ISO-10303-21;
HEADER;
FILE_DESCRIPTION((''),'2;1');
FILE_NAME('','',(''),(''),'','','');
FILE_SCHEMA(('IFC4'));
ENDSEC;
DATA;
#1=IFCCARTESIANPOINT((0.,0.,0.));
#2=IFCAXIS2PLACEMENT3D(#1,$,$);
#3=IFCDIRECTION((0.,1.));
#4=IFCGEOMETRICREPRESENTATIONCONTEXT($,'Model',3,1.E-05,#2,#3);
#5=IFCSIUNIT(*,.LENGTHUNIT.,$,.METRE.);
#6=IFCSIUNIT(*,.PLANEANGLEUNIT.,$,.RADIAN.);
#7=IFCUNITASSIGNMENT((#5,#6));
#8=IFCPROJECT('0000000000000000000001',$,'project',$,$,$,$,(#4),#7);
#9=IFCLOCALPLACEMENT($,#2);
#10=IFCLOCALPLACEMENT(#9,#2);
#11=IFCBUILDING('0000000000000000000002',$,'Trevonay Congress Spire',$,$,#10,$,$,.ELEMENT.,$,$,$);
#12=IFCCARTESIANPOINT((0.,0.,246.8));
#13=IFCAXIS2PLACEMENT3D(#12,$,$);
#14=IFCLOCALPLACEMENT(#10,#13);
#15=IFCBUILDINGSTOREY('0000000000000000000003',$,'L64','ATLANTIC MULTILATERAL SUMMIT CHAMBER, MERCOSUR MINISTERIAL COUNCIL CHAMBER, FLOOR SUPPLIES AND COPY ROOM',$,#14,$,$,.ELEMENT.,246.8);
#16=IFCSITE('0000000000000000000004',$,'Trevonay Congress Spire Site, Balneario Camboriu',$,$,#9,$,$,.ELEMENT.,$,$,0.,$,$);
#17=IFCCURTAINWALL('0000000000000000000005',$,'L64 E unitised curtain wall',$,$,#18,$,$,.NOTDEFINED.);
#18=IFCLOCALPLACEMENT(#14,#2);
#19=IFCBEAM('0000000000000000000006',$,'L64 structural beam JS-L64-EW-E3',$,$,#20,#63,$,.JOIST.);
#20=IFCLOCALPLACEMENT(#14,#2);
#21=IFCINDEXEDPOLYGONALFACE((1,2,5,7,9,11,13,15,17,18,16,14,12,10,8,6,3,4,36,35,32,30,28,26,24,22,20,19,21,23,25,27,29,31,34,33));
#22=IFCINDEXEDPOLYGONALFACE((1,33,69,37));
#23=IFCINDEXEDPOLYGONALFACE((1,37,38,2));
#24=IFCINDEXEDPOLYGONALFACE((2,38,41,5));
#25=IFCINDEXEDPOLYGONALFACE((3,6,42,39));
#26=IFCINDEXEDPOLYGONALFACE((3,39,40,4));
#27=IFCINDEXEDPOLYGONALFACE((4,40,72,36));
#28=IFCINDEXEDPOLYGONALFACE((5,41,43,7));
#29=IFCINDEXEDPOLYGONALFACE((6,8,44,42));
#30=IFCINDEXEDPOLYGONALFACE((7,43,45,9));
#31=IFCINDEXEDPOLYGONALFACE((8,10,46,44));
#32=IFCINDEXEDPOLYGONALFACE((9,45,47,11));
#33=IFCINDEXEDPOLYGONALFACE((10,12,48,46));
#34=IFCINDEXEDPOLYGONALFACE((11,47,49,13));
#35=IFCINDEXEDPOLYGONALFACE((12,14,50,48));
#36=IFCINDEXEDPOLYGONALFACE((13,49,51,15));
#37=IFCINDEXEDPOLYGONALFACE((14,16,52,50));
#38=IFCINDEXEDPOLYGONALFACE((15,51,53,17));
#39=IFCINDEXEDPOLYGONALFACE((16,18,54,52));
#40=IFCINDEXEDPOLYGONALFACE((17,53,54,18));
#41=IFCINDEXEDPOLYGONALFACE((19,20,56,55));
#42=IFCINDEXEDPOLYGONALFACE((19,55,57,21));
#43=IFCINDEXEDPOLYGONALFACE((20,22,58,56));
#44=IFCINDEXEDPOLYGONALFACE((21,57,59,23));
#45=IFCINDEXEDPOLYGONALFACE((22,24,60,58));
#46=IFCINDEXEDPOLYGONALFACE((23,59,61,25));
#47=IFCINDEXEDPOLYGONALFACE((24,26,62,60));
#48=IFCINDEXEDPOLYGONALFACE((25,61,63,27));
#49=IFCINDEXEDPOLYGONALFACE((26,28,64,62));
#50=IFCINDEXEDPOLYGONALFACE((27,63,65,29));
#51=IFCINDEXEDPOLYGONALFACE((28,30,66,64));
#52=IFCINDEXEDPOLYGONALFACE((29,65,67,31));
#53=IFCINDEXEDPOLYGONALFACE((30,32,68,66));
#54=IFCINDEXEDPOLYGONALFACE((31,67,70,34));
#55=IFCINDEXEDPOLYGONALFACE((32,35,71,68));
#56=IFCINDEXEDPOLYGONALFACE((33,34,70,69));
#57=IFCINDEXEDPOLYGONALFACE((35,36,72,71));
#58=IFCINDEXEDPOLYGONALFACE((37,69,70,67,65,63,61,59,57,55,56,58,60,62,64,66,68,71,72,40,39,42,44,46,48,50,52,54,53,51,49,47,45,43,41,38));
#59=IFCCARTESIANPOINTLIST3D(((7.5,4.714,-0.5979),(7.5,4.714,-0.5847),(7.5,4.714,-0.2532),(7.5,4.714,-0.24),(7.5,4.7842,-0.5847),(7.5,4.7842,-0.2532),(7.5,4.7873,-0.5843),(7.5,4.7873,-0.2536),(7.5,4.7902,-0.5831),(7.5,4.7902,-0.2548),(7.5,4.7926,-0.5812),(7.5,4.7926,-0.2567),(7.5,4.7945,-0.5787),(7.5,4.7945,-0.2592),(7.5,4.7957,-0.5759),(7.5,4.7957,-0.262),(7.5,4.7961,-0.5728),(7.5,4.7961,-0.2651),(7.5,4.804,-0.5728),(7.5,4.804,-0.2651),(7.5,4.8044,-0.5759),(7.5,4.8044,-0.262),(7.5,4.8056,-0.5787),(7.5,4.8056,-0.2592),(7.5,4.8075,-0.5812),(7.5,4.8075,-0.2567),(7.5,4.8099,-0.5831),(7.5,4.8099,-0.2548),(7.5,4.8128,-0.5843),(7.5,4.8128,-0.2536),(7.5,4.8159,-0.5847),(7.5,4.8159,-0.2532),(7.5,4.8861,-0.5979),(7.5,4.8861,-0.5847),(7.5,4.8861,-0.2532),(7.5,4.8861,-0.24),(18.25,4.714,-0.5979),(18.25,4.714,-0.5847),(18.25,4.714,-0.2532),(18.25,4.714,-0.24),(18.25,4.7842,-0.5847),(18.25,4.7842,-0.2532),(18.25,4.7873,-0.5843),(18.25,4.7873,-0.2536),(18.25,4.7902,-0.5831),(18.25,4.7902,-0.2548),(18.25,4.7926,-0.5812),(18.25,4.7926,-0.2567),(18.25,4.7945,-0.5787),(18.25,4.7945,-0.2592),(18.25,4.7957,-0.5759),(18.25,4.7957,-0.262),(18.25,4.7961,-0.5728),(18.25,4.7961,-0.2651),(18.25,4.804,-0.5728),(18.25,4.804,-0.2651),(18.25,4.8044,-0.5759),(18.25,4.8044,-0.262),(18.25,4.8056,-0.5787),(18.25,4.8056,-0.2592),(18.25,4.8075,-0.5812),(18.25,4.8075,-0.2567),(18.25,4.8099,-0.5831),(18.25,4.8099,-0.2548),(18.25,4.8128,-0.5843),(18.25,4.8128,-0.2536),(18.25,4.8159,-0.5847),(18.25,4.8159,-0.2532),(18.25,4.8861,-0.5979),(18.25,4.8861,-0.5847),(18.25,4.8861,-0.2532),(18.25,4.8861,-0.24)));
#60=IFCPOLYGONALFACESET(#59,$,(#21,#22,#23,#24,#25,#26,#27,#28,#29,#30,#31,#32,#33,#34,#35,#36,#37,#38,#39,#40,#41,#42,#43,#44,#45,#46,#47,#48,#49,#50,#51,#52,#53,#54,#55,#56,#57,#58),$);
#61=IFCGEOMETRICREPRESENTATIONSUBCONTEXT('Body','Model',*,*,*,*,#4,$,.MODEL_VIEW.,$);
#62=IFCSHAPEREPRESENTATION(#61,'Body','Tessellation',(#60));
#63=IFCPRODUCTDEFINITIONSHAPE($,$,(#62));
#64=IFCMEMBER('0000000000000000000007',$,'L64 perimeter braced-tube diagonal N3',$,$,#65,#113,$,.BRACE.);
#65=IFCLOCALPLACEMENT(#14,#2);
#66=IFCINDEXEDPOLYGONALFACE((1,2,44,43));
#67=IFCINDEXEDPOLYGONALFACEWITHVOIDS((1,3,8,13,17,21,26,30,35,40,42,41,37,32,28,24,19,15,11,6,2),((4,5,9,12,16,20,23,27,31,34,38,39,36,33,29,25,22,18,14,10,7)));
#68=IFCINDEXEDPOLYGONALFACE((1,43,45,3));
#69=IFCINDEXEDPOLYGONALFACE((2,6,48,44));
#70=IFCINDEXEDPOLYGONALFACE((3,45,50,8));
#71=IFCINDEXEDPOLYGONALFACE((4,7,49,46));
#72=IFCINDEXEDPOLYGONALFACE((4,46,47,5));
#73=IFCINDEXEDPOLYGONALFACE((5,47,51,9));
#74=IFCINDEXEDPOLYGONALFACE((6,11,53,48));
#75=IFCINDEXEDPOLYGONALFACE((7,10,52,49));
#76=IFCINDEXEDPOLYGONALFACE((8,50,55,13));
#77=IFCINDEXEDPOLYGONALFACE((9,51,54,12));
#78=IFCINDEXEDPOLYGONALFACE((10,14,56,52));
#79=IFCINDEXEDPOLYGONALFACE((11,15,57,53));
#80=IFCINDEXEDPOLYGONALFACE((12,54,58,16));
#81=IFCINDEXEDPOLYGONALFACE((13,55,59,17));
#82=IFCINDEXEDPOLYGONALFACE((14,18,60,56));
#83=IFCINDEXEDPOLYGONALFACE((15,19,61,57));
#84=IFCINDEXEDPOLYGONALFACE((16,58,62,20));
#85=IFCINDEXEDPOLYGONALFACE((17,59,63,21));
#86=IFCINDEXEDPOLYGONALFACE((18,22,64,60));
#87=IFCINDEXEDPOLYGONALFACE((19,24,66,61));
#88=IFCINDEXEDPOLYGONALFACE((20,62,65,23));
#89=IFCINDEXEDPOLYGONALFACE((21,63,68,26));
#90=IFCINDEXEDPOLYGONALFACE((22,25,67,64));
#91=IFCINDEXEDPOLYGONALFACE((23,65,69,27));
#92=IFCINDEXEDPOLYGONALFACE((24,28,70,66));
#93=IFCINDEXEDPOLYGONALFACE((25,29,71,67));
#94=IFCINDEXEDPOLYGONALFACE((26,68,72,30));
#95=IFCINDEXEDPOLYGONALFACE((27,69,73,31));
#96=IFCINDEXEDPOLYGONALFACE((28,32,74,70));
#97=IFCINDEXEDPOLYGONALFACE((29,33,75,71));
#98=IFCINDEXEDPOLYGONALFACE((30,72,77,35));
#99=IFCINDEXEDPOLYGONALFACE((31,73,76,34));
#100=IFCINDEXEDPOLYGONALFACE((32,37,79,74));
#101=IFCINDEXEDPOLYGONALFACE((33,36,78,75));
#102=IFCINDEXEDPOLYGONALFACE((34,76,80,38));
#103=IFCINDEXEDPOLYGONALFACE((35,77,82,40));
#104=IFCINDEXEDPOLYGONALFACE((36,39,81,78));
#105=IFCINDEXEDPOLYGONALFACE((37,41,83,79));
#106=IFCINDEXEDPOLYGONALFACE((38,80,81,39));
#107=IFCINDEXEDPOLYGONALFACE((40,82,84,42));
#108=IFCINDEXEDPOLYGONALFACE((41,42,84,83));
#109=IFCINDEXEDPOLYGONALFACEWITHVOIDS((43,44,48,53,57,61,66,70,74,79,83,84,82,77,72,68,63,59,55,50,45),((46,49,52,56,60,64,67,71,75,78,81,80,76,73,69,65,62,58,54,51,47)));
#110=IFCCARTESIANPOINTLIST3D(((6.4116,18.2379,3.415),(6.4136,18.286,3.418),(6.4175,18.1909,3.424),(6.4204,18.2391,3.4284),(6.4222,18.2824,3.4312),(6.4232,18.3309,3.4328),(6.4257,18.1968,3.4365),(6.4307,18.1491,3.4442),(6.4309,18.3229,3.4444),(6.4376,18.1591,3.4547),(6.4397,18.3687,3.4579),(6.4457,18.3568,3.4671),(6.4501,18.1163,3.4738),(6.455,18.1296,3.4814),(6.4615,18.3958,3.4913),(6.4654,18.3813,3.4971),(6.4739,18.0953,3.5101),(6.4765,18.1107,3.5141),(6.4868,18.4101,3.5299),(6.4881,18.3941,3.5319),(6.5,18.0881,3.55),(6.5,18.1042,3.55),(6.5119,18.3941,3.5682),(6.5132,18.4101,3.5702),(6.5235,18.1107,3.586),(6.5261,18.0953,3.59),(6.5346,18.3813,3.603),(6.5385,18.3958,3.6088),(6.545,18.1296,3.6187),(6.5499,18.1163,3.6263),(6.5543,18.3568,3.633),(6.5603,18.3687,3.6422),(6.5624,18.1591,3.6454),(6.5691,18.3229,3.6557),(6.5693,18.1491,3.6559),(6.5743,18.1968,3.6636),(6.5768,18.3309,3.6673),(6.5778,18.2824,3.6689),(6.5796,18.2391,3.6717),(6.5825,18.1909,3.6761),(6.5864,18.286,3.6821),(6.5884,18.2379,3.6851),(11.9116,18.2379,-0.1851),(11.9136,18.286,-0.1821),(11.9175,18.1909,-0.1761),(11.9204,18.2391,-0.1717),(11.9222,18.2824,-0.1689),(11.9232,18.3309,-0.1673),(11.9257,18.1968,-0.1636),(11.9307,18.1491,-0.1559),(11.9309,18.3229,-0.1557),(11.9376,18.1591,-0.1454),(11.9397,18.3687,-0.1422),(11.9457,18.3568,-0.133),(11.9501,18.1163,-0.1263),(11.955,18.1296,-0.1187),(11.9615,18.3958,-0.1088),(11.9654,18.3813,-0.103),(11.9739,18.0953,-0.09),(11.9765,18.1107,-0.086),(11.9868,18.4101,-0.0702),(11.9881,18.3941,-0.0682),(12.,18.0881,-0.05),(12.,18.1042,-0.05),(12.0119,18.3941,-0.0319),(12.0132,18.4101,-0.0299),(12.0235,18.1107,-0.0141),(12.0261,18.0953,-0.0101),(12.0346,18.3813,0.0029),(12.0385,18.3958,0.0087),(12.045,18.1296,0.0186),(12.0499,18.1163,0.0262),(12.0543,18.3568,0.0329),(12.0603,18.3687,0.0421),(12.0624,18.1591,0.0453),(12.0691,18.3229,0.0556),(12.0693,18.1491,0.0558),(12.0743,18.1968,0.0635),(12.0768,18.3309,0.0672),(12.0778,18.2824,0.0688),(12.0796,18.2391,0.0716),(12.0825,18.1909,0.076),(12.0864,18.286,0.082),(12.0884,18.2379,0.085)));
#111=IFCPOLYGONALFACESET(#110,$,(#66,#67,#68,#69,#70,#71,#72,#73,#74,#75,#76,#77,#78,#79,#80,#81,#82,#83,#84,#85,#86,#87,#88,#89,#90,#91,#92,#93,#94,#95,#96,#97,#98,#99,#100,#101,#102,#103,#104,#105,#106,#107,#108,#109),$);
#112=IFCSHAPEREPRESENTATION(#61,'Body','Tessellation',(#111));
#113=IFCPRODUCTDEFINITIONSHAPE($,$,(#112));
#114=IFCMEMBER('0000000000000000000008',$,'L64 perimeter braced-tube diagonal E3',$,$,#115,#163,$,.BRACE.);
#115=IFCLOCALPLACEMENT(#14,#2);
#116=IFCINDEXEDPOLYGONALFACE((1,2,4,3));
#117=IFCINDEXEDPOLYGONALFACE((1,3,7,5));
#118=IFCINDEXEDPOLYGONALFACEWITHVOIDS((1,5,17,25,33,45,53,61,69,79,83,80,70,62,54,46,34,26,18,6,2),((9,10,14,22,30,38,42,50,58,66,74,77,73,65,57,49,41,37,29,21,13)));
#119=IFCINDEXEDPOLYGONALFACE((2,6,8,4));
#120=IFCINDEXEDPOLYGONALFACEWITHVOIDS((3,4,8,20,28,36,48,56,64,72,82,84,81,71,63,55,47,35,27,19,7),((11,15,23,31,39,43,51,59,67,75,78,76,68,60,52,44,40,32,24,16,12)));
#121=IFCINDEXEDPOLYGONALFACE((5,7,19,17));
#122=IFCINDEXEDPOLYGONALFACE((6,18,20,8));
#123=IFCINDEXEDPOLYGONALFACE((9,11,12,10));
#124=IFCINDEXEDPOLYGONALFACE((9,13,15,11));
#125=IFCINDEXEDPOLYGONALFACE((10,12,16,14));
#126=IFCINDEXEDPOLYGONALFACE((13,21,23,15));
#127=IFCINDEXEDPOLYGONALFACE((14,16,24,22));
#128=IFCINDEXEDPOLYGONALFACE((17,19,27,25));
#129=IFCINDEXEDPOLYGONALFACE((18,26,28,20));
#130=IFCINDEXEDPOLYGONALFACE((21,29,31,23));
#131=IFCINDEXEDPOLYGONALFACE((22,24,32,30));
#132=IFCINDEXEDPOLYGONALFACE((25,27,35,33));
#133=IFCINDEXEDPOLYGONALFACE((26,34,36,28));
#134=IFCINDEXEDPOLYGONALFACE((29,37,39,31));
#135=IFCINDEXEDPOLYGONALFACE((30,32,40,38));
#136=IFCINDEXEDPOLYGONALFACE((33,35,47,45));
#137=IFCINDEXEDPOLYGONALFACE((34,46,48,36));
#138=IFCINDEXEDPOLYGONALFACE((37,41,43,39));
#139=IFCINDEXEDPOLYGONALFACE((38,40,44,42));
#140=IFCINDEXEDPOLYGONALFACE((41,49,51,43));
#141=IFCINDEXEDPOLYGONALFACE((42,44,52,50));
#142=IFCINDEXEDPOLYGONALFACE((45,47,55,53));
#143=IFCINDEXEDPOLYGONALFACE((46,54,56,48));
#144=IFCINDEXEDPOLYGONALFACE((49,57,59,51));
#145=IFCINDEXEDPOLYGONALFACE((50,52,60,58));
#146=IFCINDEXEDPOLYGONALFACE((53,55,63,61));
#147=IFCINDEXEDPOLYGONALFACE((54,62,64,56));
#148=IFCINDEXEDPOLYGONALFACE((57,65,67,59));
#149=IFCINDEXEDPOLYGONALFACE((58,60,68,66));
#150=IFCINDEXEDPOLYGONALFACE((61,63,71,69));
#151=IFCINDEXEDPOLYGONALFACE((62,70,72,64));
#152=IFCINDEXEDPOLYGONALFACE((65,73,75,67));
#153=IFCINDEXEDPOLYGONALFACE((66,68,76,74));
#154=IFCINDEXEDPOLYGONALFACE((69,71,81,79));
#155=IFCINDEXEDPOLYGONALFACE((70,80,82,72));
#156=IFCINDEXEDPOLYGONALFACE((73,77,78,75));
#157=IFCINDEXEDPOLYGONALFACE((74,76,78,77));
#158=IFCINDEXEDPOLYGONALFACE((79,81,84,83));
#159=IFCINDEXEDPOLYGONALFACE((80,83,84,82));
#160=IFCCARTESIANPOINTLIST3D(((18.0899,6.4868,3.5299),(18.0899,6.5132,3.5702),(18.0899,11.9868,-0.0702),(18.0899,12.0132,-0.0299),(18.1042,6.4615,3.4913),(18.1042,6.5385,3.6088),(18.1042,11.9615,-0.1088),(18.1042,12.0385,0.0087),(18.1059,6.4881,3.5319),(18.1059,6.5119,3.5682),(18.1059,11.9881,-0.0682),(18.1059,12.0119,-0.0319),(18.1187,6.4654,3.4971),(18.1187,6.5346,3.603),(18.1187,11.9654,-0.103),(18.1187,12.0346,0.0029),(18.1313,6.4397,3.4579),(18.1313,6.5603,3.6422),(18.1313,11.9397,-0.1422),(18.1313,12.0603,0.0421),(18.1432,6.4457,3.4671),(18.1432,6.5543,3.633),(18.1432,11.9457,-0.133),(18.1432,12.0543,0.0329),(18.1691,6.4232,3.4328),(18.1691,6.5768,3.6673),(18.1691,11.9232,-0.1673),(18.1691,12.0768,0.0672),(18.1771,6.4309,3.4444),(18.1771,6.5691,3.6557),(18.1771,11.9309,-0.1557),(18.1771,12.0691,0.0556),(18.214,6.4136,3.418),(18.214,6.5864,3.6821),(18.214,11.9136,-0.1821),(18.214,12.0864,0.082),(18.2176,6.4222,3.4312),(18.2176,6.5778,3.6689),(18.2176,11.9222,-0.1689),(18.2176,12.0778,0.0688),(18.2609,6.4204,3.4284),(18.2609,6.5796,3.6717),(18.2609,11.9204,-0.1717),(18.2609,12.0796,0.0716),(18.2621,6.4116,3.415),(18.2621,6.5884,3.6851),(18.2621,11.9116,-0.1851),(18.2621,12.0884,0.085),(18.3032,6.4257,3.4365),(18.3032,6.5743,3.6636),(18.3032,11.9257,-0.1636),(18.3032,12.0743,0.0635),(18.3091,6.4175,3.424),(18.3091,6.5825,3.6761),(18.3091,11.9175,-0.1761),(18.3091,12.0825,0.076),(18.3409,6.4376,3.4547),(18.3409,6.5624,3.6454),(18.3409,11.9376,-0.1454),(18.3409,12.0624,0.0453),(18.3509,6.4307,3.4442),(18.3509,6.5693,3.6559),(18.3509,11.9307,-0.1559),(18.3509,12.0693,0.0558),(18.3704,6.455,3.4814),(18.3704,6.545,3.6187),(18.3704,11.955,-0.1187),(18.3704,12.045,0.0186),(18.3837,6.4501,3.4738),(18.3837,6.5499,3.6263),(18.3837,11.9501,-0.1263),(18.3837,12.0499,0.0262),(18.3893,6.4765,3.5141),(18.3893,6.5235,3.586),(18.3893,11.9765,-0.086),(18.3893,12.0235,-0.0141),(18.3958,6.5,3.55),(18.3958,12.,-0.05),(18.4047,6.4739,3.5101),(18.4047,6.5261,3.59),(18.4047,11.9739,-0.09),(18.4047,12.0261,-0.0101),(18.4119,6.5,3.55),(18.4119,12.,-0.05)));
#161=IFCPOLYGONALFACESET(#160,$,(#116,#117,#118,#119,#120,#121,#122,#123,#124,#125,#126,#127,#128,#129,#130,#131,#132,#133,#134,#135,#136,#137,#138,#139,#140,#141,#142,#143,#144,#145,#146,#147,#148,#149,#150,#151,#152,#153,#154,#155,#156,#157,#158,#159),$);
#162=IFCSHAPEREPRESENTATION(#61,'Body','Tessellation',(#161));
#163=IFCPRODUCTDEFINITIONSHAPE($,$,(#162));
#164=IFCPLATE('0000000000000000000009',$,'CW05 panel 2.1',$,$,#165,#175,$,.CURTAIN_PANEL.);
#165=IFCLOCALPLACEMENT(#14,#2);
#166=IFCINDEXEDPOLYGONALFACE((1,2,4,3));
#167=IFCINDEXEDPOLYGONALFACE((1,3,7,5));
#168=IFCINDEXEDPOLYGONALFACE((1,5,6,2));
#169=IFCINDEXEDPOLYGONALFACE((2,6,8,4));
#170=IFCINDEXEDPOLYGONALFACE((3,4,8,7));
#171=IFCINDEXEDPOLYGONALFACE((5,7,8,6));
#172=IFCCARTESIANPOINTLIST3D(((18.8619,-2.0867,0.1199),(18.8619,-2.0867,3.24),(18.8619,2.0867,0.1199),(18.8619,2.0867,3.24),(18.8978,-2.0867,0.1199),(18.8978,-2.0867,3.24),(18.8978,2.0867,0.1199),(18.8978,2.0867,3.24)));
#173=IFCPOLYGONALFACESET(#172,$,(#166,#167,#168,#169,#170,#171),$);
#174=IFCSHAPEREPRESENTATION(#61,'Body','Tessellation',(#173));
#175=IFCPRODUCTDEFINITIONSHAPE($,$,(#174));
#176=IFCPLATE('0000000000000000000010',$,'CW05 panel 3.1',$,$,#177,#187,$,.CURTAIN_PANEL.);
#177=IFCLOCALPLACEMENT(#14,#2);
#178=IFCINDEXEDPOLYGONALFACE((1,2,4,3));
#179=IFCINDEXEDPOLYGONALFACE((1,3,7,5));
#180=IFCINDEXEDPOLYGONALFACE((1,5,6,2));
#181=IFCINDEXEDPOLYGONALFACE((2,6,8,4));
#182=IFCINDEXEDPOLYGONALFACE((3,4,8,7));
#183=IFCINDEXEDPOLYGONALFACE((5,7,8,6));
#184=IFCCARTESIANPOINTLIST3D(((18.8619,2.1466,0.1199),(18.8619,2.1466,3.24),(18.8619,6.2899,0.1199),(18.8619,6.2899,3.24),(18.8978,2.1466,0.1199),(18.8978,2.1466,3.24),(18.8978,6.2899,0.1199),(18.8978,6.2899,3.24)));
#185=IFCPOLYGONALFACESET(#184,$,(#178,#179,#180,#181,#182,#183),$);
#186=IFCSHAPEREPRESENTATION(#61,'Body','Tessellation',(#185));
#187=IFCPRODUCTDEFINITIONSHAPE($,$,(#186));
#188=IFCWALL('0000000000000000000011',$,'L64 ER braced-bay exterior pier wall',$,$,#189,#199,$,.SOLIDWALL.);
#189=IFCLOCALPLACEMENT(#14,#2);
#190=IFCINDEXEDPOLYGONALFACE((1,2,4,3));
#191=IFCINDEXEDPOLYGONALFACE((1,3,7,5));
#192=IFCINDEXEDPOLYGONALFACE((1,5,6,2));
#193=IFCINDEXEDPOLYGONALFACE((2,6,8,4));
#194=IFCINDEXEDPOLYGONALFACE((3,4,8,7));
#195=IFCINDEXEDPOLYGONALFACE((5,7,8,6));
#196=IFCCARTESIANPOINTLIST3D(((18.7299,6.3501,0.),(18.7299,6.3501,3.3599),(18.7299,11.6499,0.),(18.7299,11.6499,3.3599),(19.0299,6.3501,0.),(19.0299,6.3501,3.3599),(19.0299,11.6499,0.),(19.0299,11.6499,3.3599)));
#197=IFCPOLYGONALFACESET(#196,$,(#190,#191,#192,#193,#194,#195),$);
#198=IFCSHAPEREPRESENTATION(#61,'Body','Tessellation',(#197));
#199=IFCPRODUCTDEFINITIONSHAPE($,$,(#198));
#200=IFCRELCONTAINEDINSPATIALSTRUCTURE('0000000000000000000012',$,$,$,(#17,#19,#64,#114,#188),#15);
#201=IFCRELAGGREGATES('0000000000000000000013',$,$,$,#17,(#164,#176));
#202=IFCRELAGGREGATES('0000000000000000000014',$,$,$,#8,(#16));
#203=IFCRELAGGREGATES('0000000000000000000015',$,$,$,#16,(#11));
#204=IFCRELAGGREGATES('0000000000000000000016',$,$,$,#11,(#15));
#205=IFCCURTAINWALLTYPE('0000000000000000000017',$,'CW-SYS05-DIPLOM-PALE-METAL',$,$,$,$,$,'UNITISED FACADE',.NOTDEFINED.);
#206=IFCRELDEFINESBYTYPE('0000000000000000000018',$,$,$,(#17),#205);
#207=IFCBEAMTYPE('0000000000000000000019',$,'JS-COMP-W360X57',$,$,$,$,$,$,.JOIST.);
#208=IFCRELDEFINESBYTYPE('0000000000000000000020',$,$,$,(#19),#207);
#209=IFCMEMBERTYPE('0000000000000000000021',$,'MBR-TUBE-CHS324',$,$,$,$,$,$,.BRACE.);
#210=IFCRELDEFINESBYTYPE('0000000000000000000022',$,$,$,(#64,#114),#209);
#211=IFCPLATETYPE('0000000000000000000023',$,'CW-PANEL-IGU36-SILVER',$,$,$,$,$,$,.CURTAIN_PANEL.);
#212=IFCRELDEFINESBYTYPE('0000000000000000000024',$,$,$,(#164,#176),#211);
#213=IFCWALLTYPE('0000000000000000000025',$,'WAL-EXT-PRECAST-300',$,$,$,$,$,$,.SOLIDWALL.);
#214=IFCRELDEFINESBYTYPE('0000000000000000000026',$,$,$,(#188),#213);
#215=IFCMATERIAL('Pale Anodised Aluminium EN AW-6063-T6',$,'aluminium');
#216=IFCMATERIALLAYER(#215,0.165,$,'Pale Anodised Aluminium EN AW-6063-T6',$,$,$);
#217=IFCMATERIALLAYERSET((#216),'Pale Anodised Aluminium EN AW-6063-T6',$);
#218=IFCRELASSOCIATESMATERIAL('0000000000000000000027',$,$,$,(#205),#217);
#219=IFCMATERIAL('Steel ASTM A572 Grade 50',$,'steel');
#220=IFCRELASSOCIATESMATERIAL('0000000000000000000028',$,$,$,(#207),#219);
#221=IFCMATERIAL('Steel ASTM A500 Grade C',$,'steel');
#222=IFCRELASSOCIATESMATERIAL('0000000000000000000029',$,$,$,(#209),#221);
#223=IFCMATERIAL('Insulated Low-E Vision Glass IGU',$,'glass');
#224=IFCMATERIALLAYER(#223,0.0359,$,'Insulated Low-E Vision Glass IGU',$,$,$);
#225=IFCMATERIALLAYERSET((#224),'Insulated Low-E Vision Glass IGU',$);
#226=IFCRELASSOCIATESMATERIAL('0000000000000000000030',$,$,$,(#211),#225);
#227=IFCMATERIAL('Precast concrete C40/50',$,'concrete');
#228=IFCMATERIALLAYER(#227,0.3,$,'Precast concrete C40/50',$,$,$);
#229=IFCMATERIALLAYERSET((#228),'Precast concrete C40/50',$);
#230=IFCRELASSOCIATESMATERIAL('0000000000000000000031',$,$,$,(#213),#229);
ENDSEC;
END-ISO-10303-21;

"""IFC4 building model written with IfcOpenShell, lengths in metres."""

from ifc_helpers import new_model, si_unit, direction, frame, frame_2d, origin, origin_2d, place, context, subcontext, project, spatial, rectangle, hollow_circle, i_section, extrude, material, layer, layer_set, material_profile, profile_set, type_object, element, aggregate, save


model = new_model("IFC4")

# Units and contexts
model_context = context("Model", 3, precision=1e-05, world=origin(), true_north=direction((0.0, 1.0)))
body_context = subcontext(model_context, "Body", "Model", "MODEL_VIEW")
ifc_project = project(units=[si_unit("LENGTHUNIT", "METRE"), si_unit("PLANEANGLEUNIT", "RADIAN")], contexts=[model_context])

# Site, building, storey
site_placement = place(None, origin())
site = spatial("IfcSite", under=ifc_project, at=site_placement, Name="Trevonay Congress Spire Site, Balneario Camboriu", CompositionType="ELEMENT", RefElevation=0.0)
building_placement = place(site_placement, origin())
building = spatial("IfcBuilding", under=site, at=building_placement, Name="Trevonay Congress Spire", CompositionType="ELEMENT")
storey_placement = place(building_placement, frame((0.0, 0.0, 246.8)))
storey = spatial("IfcBuildingStorey", under=building, at=storey_placement, Name="L64", Description="ATLANTIC MULTILATERAL SUMMIT CHAMBER, MERCOSUR MINISTERIAL COUNCIL CHAMBER, FLOOR SUPPLIES AND COPY ROOM", CompositionType="ELEMENT", Elevation=246.8)

# Shared definitions
ifc_material_1 = material(Name="Steel ASTM A572 Grade 50", Category="steel")

# Curtain wall
ifc_material_2 = material(Name="Pale Anodised Aluminium EN AW-6063-T6", Category="aluminium")
ifc_layer_1 = layer(ifc_material_2, 0.165, Name="Pale Anodised Aluminium EN AW-6063-T6")
ifc_layer_set_1 = layer_set([ifc_layer_1], Name="Pale Anodised Aluminium EN AW-6063-T6")
curtain_wall_type = type_object("IfcCurtainWallType", Name="CW-SYS05-DIPLOM-PALE-METAL", ElementType="UNITISED FACADE", PredefinedType="NOTDEFINED", material=ifc_layer_set_1)
curtain_wall_placement = place(storey_placement, origin())
curtain_wall = element("IfcCurtainWall", 1, at=curtain_wall_placement, inside=storey, type_object=curtain_wall_type, Name="L64 E unitised curtain wall", PredefinedType="NOTDEFINED")

# Beam
ifc_material_profile_1 = material_profile(ifc_material_1, i_section(OverallWidth=0.1721, OverallDepth=0.3579, WebThickness=0.0078, FlangeThickness=0.0132, FilletRadius=0.012, at=origin_2d()), Name="W360x57.8")
ifc_profile_set_1 = profile_set([ifc_material_profile_1], Name="Steel ASTM A572 Grade 50")
beam_type_1 = type_object("IfcBeamType", Name="JS-COMP-W360X57", PredefinedType="JOIST", material=ifc_profile_set_1)
beam_1_placement = place(storey_placement, frame((7.5, 4.8, -0.4189), z_axis=(1.0, 0.0, 0.0), x_axis=(0.0, 1.0, 0.0)))
element("IfcBeam", 2, at=beam_1_placement, inside=storey, type_object=beam_type_1, Name="L64 structural beam JS-L64-EW-E3", PredefinedType="JOIST", context=body_context, shape_type="SweptSolid", body=[
    extrude(i_section(OverallWidth=0.1721, OverallDepth=0.3579, WebThickness=0.0078, FlangeThickness=0.0132, FilletRadius=0.012, at=origin_2d()), origin(), (0.0, 0.0, 1.0), 10.75),
])

# Members
ifc_material_3 = material(Name="Steel ASTM A500 Grade C", Category="steel")
ifc_material_profile_2 = material_profile(ifc_material_3, hollow_circle(Radius=0.1619, WallThickness=0.0161, at=origin_2d()), Name="CHS 323.9x16")
ifc_profile_set_2 = profile_set([ifc_material_profile_2], Name="Steel ASTM A500 Grade C")
member_type_1 = type_object("IfcMemberType", Name="MBR-TUBE-CHS324", PredefinedType="BRACE", material=ifc_profile_set_2)
for number, where, z_axis, x_axis, name in (
    (3, (12.0, 18.25, -0.05), (-0.836695, 0.0, 0.54767), (0.0, -1.0, 0.0), "L64 perimeter braced-tube diagonal N3"),
    (4, (18.25, 12.0, -0.05), (0.0, -0.836695, 0.54767), (1.0, 0.0, 0.0), "L64 perimeter braced-tube diagonal E3"),
):
    element("IfcMember", number, at=place(storey_placement, frame(where, z_axis=z_axis, x_axis=x_axis)), inside=storey, type_object=member_type_1, Name=name, PredefinedType="BRACE", context=body_context, shape_type="SweptSolid", body=[
        extrude(hollow_circle(Radius=0.1619, WallThickness=0.0161, at=origin_2d()), origin(), (0.0, 0.0, 1.0), 6.5735),
    ])

# Plates
ifc_material_4 = material(Name="Insulated Low-E Vision Glass IGU", Category="glass")
ifc_layer_2 = layer(ifc_material_4, 0.0359, Name="Insulated Low-E Vision Glass IGU")
ifc_layer_set_2 = layer_set([ifc_layer_2], Name="Insulated Low-E Vision Glass IGU")
plate_type = type_object("IfcPlateType", Name="CW-PANEL-IGU36-SILVER", PredefinedType="CURTAIN_PANEL", material=ifc_layer_set_2)
plate_1_placement = place(storey_placement, frame((18.8799, 0.0, 0.1199), z_axis=(0.0, 0.0, 1.0), x_axis=(0.0, 1.0, 0.0)))
plate_1 = element("IfcPlate", 5, at=plate_1_placement, type_object=plate_type, Name="CW05 panel 2.1", PredefinedType="CURTAIN_PANEL", context=body_context, shape_type="SweptSolid", body=[
    extrude(rectangle(XDim=4.1733, YDim=0.0359, at=origin_2d()), origin(), (0.0, 0.0, 1.0), 3.1201),
])
plate_2_placement = place(storey_placement, frame((18.8799, 4.2183, 0.1199), z_axis=(0.0, 0.0, 1.0), x_axis=(0.0, 1.0, 0.0)))
plate_2 = element("IfcPlate", 6, at=plate_2_placement, type_object=plate_type, Name="CW05 panel 3.1", PredefinedType="CURTAIN_PANEL", context=body_context, shape_type="SweptSolid", body=[
    extrude(rectangle(XDim=4.1433, YDim=0.0359, at=origin_2d()), origin(), (0.0, 0.0, 1.0), 3.1201),
])
aggregate(curtain_wall, [plate_1, plate_2])

# Wall
ifc_material_5 = material(Name="Precast concrete C40/50", Category="concrete")
ifc_layer_3 = layer(ifc_material_5, 0.3, Name="Precast concrete C40/50")
ifc_layer_set_3 = layer_set([ifc_layer_3], Name="Precast concrete C40/50")
wall_type_1 = type_object("IfcWallType", Name="WAL-EXT-PRECAST-300", PredefinedType="SOLIDWALL", material=ifc_layer_set_3)
wall_1_placement = place(storey_placement, frame((18.8799, 6.3501, 0.0), z_axis=(0.0, 0.0, 1.0), x_axis=(0.0, 1.0, 0.0)))
element("IfcWall", 7, at=wall_1_placement, inside=storey, type_object=wall_type_1, Name="L64 ER braced-bay exterior pier wall", PredefinedType="SOLIDWALL", context=body_context, shape_type="SweptSolid", body=[
    extrude(rectangle(XDim=5.2998, YDim=0.3, at=frame_2d((2.6499, 0.0))), origin(), (0.0, 0.0, 1.0), 3.3599),
])

save(model, "model.ifc")
